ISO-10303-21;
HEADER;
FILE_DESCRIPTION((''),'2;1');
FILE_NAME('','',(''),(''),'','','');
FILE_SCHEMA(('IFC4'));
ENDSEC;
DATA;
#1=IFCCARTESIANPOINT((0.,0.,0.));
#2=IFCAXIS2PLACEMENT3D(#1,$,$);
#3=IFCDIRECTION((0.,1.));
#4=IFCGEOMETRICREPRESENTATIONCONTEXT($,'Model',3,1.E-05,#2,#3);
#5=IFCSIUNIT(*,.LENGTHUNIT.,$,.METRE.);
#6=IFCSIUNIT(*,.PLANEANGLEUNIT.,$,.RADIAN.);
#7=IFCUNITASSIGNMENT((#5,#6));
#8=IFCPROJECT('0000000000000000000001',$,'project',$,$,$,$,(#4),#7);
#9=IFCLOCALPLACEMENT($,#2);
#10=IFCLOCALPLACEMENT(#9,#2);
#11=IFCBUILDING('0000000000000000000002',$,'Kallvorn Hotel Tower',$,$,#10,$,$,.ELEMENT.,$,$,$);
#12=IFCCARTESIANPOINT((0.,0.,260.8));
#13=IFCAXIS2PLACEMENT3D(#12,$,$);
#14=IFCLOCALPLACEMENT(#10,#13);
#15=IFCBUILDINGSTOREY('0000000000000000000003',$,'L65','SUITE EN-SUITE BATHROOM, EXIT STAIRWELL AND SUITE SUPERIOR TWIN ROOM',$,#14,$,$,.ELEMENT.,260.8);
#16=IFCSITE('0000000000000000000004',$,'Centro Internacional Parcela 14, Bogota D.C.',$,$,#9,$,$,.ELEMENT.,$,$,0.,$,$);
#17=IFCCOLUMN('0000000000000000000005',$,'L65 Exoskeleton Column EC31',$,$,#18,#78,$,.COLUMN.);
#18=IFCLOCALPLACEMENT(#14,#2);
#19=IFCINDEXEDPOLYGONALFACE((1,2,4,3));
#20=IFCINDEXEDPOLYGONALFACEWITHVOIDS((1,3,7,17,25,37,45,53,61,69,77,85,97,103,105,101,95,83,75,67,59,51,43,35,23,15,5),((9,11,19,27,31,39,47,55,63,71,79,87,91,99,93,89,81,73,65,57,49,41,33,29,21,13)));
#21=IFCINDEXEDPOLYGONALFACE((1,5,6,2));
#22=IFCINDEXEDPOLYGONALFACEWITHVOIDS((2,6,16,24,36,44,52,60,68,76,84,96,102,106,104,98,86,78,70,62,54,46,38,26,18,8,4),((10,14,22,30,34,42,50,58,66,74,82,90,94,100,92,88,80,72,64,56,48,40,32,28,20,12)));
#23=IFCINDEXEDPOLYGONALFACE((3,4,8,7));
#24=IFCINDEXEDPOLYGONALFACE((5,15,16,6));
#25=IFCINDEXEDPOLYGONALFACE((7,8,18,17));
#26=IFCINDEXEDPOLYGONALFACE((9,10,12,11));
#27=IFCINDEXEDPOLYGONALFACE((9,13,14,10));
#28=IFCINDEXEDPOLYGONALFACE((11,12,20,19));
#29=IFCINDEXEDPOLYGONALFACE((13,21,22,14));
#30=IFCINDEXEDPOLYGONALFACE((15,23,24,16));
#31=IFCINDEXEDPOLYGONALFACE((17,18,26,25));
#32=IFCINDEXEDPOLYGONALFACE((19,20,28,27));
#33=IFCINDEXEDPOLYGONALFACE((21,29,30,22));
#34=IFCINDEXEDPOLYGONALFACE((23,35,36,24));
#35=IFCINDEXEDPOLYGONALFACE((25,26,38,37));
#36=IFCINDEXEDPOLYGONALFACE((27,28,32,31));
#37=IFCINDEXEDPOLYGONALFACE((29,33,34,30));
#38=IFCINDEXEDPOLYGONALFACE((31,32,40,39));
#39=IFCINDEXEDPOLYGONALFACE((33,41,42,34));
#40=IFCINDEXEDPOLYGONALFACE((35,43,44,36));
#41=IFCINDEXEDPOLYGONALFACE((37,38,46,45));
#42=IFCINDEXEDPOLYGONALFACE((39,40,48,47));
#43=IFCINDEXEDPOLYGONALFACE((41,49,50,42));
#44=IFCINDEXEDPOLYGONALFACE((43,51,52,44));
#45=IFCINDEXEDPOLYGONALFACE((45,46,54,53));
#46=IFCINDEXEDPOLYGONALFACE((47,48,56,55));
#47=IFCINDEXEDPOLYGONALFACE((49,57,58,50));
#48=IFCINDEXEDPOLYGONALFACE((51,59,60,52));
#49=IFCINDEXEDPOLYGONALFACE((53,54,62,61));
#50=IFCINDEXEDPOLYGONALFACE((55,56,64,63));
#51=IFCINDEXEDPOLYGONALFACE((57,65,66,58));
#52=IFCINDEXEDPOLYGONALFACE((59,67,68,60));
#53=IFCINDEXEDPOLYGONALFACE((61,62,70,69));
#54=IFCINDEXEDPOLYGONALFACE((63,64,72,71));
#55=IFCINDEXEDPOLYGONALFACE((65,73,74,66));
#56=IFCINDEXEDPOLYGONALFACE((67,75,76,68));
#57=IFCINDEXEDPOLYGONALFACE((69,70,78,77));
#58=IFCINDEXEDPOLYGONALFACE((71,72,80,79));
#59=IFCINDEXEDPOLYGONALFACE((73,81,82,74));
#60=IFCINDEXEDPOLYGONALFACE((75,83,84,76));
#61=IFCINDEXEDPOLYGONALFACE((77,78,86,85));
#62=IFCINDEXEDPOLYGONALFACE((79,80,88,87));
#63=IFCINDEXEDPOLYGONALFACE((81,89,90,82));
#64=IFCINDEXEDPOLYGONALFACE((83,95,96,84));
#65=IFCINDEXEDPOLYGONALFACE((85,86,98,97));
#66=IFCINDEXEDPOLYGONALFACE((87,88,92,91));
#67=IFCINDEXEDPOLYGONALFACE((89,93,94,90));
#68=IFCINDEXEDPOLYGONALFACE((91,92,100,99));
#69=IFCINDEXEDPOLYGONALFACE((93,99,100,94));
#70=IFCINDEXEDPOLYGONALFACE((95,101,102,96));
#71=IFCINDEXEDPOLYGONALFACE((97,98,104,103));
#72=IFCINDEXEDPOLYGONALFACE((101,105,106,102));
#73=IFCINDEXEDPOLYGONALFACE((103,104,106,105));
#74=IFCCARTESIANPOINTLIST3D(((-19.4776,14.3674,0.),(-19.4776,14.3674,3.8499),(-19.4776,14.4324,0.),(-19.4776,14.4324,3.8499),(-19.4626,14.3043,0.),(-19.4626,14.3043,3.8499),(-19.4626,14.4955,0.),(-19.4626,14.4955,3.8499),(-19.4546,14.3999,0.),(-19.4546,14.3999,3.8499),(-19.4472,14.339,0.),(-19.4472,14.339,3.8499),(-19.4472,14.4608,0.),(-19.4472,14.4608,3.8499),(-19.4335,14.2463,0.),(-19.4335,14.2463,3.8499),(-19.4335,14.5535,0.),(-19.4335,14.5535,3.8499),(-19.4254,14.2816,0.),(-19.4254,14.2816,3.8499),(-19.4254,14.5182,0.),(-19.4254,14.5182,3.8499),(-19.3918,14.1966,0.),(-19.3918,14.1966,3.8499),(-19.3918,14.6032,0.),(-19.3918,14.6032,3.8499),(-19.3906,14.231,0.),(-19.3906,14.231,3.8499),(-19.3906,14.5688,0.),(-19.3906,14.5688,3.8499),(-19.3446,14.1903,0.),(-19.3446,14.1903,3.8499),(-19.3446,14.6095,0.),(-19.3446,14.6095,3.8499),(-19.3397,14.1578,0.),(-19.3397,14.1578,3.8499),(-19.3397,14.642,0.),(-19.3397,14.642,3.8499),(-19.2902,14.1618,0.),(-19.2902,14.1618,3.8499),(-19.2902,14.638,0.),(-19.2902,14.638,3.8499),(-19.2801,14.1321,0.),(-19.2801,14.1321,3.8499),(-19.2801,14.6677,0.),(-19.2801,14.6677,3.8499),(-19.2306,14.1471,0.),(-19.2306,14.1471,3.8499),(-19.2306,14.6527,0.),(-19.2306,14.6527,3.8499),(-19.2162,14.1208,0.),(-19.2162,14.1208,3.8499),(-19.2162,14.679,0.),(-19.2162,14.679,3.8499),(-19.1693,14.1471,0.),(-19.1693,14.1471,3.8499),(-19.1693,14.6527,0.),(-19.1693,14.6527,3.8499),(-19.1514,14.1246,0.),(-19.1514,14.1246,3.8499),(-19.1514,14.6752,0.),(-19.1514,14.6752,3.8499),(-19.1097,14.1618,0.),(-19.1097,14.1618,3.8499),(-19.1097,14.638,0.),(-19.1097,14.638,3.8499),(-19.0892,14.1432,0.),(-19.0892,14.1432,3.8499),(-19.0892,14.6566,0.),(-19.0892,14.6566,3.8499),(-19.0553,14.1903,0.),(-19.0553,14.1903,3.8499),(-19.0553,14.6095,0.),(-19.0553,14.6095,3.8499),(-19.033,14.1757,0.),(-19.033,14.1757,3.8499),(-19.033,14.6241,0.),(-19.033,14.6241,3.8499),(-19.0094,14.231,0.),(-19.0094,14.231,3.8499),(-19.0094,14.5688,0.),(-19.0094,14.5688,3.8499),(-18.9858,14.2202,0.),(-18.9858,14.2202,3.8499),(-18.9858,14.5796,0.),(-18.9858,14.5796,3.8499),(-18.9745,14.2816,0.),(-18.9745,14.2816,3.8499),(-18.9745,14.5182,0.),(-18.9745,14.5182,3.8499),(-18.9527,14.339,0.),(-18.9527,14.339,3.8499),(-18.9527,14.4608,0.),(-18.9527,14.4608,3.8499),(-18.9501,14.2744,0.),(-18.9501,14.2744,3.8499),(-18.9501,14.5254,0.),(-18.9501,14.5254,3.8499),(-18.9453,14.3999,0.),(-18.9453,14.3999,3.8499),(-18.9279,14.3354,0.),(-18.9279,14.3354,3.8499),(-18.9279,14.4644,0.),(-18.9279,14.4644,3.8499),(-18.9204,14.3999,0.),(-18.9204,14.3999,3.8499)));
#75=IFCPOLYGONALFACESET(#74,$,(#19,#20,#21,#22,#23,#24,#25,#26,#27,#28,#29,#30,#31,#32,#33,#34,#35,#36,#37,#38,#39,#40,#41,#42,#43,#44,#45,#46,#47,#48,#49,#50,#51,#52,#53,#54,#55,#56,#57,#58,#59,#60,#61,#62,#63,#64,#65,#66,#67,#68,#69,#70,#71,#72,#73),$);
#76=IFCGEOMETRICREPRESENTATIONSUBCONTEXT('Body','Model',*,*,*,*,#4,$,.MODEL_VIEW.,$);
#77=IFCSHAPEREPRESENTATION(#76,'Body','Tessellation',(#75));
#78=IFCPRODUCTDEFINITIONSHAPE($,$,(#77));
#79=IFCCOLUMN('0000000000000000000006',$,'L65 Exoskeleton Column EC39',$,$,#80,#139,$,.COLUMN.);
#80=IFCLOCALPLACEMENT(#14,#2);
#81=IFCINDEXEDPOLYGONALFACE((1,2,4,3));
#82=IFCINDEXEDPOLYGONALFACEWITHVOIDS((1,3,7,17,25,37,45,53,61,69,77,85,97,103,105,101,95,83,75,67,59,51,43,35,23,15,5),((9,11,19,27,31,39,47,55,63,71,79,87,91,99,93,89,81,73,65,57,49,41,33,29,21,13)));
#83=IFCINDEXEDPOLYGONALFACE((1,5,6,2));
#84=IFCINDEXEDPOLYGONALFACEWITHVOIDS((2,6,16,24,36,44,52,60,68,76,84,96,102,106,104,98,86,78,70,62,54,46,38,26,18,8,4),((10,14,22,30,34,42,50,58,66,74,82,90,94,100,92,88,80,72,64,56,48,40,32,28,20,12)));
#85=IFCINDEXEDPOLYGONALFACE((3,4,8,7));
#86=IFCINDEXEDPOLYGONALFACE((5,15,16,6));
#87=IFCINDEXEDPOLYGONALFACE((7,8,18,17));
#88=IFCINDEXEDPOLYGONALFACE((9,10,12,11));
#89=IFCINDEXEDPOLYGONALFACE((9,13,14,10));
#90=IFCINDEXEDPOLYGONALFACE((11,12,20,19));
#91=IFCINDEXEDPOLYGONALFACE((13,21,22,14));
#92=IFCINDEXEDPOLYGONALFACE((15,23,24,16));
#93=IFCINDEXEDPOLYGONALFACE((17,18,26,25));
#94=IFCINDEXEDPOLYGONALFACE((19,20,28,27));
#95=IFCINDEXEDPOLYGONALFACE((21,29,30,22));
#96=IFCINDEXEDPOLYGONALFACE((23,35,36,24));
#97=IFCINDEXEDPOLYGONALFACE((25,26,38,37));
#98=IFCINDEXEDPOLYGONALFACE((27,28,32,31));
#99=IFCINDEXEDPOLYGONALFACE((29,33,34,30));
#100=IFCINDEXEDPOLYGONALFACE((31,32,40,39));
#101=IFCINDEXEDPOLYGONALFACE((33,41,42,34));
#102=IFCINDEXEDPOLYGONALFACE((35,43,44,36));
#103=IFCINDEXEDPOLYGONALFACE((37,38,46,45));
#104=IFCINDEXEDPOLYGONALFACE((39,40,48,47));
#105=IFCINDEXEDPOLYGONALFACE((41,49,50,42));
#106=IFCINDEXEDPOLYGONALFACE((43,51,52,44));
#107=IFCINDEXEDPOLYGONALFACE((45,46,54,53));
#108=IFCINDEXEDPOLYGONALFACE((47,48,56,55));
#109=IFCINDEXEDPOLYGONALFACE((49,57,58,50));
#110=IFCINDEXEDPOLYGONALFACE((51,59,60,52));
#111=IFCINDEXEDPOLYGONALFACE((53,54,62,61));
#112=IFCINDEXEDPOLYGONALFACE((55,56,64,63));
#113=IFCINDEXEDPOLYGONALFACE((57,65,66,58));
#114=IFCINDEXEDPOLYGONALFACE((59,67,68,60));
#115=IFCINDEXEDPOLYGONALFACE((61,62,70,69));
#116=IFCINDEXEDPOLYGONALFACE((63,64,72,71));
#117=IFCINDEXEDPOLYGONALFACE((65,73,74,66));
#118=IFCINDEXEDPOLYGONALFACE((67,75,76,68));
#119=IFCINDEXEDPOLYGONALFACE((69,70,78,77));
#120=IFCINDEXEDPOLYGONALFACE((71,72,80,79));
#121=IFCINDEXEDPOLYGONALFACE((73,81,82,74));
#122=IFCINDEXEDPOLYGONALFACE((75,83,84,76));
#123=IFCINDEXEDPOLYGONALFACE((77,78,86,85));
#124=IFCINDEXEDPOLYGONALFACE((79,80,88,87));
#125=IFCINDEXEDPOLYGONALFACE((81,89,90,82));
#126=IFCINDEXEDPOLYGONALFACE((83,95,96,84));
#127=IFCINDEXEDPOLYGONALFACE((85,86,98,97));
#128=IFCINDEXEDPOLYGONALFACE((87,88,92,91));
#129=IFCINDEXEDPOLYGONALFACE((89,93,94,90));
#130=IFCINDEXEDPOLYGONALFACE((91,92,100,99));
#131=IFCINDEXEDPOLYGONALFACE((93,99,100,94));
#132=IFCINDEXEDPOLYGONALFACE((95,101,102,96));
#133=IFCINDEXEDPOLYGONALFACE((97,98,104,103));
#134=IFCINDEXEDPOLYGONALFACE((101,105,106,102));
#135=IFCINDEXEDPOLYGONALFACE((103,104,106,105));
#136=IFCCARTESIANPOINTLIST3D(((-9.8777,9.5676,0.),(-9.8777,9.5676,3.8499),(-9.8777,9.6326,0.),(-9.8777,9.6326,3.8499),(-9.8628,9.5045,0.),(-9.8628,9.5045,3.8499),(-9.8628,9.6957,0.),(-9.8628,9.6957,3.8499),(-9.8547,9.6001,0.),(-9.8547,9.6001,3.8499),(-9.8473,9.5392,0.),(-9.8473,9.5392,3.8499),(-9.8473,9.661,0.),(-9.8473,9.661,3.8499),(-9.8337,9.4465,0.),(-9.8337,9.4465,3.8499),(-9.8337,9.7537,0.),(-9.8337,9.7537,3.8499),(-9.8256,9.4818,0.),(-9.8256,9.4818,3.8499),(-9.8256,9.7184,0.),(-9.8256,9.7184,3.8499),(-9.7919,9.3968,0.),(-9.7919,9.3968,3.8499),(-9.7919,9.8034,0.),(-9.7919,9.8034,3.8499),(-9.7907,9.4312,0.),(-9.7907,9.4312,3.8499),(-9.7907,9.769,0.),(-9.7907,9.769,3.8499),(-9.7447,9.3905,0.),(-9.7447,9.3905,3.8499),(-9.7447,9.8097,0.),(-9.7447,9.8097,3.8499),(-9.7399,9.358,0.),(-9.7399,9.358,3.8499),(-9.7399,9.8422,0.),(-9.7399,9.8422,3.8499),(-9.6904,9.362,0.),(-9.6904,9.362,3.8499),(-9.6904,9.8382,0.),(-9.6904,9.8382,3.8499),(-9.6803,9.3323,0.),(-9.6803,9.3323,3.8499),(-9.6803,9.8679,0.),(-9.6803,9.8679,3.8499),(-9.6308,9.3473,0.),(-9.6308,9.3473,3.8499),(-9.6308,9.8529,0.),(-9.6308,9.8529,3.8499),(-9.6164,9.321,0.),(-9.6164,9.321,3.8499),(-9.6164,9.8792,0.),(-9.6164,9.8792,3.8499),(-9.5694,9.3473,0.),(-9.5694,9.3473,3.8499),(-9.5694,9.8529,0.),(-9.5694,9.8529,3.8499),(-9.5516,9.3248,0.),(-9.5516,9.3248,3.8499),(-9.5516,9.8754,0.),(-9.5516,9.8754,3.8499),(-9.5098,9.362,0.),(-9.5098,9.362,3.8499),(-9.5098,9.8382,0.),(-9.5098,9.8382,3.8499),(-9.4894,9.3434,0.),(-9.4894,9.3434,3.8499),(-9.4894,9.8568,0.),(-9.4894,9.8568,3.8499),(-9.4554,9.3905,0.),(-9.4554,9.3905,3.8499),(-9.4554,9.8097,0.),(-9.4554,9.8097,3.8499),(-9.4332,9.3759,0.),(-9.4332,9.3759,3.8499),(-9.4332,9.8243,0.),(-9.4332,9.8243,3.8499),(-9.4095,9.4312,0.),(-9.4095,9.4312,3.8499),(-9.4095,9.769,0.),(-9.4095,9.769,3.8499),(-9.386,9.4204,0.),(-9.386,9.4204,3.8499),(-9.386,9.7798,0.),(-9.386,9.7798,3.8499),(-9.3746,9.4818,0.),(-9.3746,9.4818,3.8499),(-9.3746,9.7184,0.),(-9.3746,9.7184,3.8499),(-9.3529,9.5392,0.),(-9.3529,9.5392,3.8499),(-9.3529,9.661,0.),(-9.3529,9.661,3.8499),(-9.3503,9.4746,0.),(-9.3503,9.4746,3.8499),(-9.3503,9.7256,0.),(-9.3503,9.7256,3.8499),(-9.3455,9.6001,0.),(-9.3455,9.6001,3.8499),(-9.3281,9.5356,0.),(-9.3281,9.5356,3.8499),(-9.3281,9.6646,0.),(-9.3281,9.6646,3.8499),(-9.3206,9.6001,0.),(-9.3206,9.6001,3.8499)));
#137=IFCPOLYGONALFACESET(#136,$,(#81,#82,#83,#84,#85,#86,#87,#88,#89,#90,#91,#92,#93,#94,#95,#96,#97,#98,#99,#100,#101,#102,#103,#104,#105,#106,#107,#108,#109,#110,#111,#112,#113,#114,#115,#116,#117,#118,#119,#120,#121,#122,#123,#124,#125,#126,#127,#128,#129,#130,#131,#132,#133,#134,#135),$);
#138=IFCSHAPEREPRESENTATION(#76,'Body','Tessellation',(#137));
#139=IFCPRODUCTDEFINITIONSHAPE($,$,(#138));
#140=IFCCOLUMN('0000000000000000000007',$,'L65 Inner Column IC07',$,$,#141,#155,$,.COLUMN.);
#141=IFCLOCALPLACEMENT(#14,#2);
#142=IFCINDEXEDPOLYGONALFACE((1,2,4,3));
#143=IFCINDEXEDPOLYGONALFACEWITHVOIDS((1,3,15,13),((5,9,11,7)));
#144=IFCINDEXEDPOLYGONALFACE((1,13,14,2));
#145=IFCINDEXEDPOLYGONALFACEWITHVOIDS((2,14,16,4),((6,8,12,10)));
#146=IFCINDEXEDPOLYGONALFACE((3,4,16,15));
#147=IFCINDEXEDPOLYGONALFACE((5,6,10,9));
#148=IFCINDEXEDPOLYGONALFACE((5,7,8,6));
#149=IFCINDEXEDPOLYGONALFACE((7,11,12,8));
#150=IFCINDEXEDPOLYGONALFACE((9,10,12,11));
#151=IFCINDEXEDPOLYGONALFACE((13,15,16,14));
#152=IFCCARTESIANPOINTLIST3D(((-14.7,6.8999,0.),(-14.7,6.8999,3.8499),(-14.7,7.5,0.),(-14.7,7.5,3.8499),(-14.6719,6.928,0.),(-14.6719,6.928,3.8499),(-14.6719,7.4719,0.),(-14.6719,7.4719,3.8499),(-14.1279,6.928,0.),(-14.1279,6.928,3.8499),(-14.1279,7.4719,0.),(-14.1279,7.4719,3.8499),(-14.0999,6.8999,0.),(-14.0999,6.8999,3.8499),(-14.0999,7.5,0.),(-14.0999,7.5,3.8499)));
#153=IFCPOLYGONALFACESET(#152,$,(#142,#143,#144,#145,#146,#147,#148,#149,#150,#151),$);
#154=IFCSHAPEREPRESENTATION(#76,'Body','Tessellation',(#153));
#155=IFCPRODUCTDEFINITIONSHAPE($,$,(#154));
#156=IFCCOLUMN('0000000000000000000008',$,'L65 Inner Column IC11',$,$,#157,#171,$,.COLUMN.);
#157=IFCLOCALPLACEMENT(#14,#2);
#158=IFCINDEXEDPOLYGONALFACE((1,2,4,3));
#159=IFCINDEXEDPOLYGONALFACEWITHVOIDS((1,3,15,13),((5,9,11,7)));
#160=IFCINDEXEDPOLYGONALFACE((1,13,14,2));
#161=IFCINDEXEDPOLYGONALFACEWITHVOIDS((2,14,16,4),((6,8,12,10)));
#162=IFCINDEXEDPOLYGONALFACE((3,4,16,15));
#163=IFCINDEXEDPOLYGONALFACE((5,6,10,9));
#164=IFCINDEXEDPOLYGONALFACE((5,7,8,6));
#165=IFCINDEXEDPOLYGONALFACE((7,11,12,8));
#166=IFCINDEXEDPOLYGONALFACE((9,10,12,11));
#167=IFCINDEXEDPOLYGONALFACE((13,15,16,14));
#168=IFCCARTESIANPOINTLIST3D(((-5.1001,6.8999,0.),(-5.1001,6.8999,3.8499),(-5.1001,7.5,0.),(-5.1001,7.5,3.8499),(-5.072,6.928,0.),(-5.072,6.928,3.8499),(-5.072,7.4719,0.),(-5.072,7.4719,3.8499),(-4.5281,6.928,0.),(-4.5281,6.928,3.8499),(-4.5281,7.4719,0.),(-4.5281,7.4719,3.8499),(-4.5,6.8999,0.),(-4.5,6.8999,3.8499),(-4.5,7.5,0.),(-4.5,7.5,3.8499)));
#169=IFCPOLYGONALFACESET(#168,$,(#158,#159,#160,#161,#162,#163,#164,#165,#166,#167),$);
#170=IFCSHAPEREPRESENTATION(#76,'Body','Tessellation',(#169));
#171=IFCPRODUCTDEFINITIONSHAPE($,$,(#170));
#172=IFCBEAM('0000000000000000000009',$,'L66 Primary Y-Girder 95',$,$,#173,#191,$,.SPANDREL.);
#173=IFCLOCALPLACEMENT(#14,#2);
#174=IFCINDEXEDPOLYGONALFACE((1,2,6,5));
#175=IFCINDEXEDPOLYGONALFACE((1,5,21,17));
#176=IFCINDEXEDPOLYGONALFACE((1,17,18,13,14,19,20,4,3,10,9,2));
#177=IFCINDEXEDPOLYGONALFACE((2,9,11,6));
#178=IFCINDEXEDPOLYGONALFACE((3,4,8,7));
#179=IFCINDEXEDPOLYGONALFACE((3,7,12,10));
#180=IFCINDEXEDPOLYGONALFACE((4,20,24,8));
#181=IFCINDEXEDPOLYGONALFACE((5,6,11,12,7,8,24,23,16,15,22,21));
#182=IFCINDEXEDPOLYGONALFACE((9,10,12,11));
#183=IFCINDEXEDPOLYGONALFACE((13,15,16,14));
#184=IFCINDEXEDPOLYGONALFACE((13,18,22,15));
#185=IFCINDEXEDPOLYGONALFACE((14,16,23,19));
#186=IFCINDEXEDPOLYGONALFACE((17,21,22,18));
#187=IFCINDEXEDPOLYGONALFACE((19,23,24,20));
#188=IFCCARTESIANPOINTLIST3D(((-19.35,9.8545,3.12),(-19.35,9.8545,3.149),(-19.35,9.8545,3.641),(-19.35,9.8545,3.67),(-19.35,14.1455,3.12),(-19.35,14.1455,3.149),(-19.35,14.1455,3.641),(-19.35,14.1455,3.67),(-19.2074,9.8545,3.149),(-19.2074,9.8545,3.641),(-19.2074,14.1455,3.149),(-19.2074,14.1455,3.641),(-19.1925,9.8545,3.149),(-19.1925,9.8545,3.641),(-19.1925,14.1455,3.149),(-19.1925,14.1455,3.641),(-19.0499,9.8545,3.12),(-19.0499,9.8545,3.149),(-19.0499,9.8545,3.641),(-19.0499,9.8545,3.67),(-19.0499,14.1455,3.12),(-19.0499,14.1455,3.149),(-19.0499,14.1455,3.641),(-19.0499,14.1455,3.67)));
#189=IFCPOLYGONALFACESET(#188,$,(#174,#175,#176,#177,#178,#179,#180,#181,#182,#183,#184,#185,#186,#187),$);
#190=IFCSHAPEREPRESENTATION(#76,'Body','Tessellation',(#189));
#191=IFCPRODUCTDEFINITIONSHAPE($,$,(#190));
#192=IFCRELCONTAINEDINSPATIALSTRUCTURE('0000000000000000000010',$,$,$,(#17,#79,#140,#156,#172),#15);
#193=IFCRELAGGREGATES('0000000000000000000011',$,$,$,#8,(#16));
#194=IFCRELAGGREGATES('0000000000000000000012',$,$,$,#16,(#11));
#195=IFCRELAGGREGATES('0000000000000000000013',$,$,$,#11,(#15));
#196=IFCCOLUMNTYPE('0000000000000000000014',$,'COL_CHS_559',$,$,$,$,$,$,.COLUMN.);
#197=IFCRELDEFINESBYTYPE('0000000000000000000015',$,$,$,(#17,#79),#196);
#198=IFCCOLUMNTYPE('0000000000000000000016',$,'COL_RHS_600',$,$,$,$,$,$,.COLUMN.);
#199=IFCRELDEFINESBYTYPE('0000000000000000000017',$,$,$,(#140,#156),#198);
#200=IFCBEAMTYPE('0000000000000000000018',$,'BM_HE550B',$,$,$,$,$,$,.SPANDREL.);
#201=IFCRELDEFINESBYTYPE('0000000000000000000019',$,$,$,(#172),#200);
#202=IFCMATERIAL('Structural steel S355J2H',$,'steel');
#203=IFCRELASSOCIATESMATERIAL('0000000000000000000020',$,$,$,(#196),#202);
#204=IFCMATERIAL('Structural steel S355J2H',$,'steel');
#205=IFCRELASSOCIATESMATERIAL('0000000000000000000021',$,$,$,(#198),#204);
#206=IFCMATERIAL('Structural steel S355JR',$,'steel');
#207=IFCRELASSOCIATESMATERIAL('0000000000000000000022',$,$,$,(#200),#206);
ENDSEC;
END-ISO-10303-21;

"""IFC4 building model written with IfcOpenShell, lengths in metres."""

from ifc_helpers import new_model, si_unit, direction, frame, origin, origin_2d, place, context, subcontext, project, spatial, hollow_rectangle, hollow_circle, i_section, extrude, material, material_profile, profile_set, type_object, element, save


model = new_model("IFC4")

# Units and contexts
model_context = context("Model", 3, precision=1e-05, world=origin(), true_north=direction((0.0, 1.0)))
body_context = subcontext(model_context, "Body", "Model", "MODEL_VIEW")
ifc_project = project(units=[si_unit("LENGTHUNIT", "METRE"), si_unit("PLANEANGLEUNIT", "RADIAN")], contexts=[model_context])

# Site, building, storey
site_placement = place(None, origin())
site = spatial("IfcSite", under=ifc_project, at=site_placement, Name="Centro Internacional Parcela 14, Bogota D.C.", CompositionType="ELEMENT", RefElevation=0.0)
building_placement = place(site_placement, origin())
building = spatial("IfcBuilding", under=site, at=building_placement, Name="Kallvorn Hotel Tower", CompositionType="ELEMENT")
storey_placement = place(building_placement, frame((0.0, 0.0, 260.8)))
storey = spatial("IfcBuildingStorey", under=building, at=storey_placement, Name="L65", Description="SUITE EN-SUITE BATHROOM, EXIT STAIRWELL AND SUITE SUPERIOR TWIN ROOM", CompositionType="ELEMENT", Elevation=260.8)

# Columns
ifc_material_1 = material(Name="Structural steel S355J2H", Category="steel")
ifc_material_profile_1 = material_profile(ifc_material_1, hollow_circle(Radius=0.2795, WallThickness=0.0249, at=origin_2d()), Name="CHS 559x25")
ifc_profile_set_1 = profile_set([ifc_material_profile_1], Name="Structural steel S355J2H")
column_type_1 = type_object("IfcColumnType", Name="COL_CHS_559", PredefinedType="COLUMN", material=ifc_profile_set_1)
for number, where, z_axis, x_axis, name in (
    (1, (-19.2, 14.3999, 0.0), (0.0, 0.0, 1.0), (1.0, 0.0, 0.0), "L65 Exoskeleton Column EC31"),
    (2, (-9.6001, 9.6001, 0.0), (0.0, 0.0, 1.0), (1.0, 0.0, 0.0), "L65 Exoskeleton Column EC39"),
):
    element("IfcColumn", number, at=place(storey_placement, frame(where, z_axis=z_axis, x_axis=x_axis)), inside=storey, type_object=column_type_1, Name=name, PredefinedType="COLUMN", context=body_context, shape_type="SweptSolid", body=[
        extrude(hollow_circle(Radius=0.2795, WallThickness=0.0249, at=origin_2d()), origin(), (0.0, 0.0, 1.0), 3.8499),
    ])
ifc_material_2 = material(Name="Structural steel S355J2H", Category="steel")
ifc_material_profile_2 = material_profile(ifc_material_2, hollow_rectangle(XDim=0.6001, YDim=0.6001, WallThickness=0.0281, at=origin_2d()), Name="RHS 600x600x28")
ifc_profile_set_2 = profile_set([ifc_material_profile_2], Name="Structural steel S355J2H")
column_type_2 = type_object("IfcColumnType", Name="COL_RHS_600", PredefinedType="COLUMN", material=ifc_profile_set_2)
for number, where, z_axis, x_axis, name in (
    (3, (-14.3999, 7.2, 0.0), (0.0, 0.0, 1.0), (1.0, 0.0, 0.0), "L65 Inner Column IC07"),
    (4, (-4.8, 7.2, 0.0), (0.0, 0.0, 1.0), (1.0, 0.0, 0.0), "L65 Inner Column IC11"),
):
    element("IfcColumn", number, at=place(storey_placement, frame(where, z_axis=z_axis, x_axis=x_axis)), inside=storey, type_object=column_type_2, Name=name, PredefinedType="COLUMN", context=body_context, shape_type="SweptSolid", body=[
        extrude(hollow_rectangle(XDim=0.6001, YDim=0.6001, WallThickness=0.0281, at=origin_2d()), origin(), (0.0, 0.0, 1.0), 3.8499),
    ])

# Beam
ifc_material_3 = material(Name="Structural steel S355JR", Category="steel")
ifc_material_profile_3 = material_profile(ifc_material_3, i_section(OverallWidth=0.3, OverallDepth=0.55, WebThickness=0.0149, FlangeThickness=0.0291, at=origin_2d()), Name="HE 550 B")
ifc_profile_set_3 = profile_set([ifc_material_profile_3], Name="Structural steel S355JR")
beam_type_1 = type_object("IfcBeamType", Name="BM_HE550B", PredefinedType="SPANDREL", material=ifc_profile_set_3)
beam_1_placement = place(storey_placement, frame((-19.2, 9.8545, 3.395), z_axis=(0.0, 1.0, 0.0), x_axis=(-1.0, 0.0, 0.0)))
element("IfcBeam", 5, at=beam_1_placement, inside=storey, type_object=beam_type_1, Name="L66 Primary Y-Girder 95", PredefinedType="SPANDREL", context=body_context, shape_type="SweptSolid", body=[
    extrude(i_section(OverallWidth=0.3, OverallDepth=0.55, WebThickness=0.0149, FlangeThickness=0.0291, at=origin_2d()), origin(), (0.0, 0.0, 1.0), 4.291),
])

save(model, "model.ifc")
